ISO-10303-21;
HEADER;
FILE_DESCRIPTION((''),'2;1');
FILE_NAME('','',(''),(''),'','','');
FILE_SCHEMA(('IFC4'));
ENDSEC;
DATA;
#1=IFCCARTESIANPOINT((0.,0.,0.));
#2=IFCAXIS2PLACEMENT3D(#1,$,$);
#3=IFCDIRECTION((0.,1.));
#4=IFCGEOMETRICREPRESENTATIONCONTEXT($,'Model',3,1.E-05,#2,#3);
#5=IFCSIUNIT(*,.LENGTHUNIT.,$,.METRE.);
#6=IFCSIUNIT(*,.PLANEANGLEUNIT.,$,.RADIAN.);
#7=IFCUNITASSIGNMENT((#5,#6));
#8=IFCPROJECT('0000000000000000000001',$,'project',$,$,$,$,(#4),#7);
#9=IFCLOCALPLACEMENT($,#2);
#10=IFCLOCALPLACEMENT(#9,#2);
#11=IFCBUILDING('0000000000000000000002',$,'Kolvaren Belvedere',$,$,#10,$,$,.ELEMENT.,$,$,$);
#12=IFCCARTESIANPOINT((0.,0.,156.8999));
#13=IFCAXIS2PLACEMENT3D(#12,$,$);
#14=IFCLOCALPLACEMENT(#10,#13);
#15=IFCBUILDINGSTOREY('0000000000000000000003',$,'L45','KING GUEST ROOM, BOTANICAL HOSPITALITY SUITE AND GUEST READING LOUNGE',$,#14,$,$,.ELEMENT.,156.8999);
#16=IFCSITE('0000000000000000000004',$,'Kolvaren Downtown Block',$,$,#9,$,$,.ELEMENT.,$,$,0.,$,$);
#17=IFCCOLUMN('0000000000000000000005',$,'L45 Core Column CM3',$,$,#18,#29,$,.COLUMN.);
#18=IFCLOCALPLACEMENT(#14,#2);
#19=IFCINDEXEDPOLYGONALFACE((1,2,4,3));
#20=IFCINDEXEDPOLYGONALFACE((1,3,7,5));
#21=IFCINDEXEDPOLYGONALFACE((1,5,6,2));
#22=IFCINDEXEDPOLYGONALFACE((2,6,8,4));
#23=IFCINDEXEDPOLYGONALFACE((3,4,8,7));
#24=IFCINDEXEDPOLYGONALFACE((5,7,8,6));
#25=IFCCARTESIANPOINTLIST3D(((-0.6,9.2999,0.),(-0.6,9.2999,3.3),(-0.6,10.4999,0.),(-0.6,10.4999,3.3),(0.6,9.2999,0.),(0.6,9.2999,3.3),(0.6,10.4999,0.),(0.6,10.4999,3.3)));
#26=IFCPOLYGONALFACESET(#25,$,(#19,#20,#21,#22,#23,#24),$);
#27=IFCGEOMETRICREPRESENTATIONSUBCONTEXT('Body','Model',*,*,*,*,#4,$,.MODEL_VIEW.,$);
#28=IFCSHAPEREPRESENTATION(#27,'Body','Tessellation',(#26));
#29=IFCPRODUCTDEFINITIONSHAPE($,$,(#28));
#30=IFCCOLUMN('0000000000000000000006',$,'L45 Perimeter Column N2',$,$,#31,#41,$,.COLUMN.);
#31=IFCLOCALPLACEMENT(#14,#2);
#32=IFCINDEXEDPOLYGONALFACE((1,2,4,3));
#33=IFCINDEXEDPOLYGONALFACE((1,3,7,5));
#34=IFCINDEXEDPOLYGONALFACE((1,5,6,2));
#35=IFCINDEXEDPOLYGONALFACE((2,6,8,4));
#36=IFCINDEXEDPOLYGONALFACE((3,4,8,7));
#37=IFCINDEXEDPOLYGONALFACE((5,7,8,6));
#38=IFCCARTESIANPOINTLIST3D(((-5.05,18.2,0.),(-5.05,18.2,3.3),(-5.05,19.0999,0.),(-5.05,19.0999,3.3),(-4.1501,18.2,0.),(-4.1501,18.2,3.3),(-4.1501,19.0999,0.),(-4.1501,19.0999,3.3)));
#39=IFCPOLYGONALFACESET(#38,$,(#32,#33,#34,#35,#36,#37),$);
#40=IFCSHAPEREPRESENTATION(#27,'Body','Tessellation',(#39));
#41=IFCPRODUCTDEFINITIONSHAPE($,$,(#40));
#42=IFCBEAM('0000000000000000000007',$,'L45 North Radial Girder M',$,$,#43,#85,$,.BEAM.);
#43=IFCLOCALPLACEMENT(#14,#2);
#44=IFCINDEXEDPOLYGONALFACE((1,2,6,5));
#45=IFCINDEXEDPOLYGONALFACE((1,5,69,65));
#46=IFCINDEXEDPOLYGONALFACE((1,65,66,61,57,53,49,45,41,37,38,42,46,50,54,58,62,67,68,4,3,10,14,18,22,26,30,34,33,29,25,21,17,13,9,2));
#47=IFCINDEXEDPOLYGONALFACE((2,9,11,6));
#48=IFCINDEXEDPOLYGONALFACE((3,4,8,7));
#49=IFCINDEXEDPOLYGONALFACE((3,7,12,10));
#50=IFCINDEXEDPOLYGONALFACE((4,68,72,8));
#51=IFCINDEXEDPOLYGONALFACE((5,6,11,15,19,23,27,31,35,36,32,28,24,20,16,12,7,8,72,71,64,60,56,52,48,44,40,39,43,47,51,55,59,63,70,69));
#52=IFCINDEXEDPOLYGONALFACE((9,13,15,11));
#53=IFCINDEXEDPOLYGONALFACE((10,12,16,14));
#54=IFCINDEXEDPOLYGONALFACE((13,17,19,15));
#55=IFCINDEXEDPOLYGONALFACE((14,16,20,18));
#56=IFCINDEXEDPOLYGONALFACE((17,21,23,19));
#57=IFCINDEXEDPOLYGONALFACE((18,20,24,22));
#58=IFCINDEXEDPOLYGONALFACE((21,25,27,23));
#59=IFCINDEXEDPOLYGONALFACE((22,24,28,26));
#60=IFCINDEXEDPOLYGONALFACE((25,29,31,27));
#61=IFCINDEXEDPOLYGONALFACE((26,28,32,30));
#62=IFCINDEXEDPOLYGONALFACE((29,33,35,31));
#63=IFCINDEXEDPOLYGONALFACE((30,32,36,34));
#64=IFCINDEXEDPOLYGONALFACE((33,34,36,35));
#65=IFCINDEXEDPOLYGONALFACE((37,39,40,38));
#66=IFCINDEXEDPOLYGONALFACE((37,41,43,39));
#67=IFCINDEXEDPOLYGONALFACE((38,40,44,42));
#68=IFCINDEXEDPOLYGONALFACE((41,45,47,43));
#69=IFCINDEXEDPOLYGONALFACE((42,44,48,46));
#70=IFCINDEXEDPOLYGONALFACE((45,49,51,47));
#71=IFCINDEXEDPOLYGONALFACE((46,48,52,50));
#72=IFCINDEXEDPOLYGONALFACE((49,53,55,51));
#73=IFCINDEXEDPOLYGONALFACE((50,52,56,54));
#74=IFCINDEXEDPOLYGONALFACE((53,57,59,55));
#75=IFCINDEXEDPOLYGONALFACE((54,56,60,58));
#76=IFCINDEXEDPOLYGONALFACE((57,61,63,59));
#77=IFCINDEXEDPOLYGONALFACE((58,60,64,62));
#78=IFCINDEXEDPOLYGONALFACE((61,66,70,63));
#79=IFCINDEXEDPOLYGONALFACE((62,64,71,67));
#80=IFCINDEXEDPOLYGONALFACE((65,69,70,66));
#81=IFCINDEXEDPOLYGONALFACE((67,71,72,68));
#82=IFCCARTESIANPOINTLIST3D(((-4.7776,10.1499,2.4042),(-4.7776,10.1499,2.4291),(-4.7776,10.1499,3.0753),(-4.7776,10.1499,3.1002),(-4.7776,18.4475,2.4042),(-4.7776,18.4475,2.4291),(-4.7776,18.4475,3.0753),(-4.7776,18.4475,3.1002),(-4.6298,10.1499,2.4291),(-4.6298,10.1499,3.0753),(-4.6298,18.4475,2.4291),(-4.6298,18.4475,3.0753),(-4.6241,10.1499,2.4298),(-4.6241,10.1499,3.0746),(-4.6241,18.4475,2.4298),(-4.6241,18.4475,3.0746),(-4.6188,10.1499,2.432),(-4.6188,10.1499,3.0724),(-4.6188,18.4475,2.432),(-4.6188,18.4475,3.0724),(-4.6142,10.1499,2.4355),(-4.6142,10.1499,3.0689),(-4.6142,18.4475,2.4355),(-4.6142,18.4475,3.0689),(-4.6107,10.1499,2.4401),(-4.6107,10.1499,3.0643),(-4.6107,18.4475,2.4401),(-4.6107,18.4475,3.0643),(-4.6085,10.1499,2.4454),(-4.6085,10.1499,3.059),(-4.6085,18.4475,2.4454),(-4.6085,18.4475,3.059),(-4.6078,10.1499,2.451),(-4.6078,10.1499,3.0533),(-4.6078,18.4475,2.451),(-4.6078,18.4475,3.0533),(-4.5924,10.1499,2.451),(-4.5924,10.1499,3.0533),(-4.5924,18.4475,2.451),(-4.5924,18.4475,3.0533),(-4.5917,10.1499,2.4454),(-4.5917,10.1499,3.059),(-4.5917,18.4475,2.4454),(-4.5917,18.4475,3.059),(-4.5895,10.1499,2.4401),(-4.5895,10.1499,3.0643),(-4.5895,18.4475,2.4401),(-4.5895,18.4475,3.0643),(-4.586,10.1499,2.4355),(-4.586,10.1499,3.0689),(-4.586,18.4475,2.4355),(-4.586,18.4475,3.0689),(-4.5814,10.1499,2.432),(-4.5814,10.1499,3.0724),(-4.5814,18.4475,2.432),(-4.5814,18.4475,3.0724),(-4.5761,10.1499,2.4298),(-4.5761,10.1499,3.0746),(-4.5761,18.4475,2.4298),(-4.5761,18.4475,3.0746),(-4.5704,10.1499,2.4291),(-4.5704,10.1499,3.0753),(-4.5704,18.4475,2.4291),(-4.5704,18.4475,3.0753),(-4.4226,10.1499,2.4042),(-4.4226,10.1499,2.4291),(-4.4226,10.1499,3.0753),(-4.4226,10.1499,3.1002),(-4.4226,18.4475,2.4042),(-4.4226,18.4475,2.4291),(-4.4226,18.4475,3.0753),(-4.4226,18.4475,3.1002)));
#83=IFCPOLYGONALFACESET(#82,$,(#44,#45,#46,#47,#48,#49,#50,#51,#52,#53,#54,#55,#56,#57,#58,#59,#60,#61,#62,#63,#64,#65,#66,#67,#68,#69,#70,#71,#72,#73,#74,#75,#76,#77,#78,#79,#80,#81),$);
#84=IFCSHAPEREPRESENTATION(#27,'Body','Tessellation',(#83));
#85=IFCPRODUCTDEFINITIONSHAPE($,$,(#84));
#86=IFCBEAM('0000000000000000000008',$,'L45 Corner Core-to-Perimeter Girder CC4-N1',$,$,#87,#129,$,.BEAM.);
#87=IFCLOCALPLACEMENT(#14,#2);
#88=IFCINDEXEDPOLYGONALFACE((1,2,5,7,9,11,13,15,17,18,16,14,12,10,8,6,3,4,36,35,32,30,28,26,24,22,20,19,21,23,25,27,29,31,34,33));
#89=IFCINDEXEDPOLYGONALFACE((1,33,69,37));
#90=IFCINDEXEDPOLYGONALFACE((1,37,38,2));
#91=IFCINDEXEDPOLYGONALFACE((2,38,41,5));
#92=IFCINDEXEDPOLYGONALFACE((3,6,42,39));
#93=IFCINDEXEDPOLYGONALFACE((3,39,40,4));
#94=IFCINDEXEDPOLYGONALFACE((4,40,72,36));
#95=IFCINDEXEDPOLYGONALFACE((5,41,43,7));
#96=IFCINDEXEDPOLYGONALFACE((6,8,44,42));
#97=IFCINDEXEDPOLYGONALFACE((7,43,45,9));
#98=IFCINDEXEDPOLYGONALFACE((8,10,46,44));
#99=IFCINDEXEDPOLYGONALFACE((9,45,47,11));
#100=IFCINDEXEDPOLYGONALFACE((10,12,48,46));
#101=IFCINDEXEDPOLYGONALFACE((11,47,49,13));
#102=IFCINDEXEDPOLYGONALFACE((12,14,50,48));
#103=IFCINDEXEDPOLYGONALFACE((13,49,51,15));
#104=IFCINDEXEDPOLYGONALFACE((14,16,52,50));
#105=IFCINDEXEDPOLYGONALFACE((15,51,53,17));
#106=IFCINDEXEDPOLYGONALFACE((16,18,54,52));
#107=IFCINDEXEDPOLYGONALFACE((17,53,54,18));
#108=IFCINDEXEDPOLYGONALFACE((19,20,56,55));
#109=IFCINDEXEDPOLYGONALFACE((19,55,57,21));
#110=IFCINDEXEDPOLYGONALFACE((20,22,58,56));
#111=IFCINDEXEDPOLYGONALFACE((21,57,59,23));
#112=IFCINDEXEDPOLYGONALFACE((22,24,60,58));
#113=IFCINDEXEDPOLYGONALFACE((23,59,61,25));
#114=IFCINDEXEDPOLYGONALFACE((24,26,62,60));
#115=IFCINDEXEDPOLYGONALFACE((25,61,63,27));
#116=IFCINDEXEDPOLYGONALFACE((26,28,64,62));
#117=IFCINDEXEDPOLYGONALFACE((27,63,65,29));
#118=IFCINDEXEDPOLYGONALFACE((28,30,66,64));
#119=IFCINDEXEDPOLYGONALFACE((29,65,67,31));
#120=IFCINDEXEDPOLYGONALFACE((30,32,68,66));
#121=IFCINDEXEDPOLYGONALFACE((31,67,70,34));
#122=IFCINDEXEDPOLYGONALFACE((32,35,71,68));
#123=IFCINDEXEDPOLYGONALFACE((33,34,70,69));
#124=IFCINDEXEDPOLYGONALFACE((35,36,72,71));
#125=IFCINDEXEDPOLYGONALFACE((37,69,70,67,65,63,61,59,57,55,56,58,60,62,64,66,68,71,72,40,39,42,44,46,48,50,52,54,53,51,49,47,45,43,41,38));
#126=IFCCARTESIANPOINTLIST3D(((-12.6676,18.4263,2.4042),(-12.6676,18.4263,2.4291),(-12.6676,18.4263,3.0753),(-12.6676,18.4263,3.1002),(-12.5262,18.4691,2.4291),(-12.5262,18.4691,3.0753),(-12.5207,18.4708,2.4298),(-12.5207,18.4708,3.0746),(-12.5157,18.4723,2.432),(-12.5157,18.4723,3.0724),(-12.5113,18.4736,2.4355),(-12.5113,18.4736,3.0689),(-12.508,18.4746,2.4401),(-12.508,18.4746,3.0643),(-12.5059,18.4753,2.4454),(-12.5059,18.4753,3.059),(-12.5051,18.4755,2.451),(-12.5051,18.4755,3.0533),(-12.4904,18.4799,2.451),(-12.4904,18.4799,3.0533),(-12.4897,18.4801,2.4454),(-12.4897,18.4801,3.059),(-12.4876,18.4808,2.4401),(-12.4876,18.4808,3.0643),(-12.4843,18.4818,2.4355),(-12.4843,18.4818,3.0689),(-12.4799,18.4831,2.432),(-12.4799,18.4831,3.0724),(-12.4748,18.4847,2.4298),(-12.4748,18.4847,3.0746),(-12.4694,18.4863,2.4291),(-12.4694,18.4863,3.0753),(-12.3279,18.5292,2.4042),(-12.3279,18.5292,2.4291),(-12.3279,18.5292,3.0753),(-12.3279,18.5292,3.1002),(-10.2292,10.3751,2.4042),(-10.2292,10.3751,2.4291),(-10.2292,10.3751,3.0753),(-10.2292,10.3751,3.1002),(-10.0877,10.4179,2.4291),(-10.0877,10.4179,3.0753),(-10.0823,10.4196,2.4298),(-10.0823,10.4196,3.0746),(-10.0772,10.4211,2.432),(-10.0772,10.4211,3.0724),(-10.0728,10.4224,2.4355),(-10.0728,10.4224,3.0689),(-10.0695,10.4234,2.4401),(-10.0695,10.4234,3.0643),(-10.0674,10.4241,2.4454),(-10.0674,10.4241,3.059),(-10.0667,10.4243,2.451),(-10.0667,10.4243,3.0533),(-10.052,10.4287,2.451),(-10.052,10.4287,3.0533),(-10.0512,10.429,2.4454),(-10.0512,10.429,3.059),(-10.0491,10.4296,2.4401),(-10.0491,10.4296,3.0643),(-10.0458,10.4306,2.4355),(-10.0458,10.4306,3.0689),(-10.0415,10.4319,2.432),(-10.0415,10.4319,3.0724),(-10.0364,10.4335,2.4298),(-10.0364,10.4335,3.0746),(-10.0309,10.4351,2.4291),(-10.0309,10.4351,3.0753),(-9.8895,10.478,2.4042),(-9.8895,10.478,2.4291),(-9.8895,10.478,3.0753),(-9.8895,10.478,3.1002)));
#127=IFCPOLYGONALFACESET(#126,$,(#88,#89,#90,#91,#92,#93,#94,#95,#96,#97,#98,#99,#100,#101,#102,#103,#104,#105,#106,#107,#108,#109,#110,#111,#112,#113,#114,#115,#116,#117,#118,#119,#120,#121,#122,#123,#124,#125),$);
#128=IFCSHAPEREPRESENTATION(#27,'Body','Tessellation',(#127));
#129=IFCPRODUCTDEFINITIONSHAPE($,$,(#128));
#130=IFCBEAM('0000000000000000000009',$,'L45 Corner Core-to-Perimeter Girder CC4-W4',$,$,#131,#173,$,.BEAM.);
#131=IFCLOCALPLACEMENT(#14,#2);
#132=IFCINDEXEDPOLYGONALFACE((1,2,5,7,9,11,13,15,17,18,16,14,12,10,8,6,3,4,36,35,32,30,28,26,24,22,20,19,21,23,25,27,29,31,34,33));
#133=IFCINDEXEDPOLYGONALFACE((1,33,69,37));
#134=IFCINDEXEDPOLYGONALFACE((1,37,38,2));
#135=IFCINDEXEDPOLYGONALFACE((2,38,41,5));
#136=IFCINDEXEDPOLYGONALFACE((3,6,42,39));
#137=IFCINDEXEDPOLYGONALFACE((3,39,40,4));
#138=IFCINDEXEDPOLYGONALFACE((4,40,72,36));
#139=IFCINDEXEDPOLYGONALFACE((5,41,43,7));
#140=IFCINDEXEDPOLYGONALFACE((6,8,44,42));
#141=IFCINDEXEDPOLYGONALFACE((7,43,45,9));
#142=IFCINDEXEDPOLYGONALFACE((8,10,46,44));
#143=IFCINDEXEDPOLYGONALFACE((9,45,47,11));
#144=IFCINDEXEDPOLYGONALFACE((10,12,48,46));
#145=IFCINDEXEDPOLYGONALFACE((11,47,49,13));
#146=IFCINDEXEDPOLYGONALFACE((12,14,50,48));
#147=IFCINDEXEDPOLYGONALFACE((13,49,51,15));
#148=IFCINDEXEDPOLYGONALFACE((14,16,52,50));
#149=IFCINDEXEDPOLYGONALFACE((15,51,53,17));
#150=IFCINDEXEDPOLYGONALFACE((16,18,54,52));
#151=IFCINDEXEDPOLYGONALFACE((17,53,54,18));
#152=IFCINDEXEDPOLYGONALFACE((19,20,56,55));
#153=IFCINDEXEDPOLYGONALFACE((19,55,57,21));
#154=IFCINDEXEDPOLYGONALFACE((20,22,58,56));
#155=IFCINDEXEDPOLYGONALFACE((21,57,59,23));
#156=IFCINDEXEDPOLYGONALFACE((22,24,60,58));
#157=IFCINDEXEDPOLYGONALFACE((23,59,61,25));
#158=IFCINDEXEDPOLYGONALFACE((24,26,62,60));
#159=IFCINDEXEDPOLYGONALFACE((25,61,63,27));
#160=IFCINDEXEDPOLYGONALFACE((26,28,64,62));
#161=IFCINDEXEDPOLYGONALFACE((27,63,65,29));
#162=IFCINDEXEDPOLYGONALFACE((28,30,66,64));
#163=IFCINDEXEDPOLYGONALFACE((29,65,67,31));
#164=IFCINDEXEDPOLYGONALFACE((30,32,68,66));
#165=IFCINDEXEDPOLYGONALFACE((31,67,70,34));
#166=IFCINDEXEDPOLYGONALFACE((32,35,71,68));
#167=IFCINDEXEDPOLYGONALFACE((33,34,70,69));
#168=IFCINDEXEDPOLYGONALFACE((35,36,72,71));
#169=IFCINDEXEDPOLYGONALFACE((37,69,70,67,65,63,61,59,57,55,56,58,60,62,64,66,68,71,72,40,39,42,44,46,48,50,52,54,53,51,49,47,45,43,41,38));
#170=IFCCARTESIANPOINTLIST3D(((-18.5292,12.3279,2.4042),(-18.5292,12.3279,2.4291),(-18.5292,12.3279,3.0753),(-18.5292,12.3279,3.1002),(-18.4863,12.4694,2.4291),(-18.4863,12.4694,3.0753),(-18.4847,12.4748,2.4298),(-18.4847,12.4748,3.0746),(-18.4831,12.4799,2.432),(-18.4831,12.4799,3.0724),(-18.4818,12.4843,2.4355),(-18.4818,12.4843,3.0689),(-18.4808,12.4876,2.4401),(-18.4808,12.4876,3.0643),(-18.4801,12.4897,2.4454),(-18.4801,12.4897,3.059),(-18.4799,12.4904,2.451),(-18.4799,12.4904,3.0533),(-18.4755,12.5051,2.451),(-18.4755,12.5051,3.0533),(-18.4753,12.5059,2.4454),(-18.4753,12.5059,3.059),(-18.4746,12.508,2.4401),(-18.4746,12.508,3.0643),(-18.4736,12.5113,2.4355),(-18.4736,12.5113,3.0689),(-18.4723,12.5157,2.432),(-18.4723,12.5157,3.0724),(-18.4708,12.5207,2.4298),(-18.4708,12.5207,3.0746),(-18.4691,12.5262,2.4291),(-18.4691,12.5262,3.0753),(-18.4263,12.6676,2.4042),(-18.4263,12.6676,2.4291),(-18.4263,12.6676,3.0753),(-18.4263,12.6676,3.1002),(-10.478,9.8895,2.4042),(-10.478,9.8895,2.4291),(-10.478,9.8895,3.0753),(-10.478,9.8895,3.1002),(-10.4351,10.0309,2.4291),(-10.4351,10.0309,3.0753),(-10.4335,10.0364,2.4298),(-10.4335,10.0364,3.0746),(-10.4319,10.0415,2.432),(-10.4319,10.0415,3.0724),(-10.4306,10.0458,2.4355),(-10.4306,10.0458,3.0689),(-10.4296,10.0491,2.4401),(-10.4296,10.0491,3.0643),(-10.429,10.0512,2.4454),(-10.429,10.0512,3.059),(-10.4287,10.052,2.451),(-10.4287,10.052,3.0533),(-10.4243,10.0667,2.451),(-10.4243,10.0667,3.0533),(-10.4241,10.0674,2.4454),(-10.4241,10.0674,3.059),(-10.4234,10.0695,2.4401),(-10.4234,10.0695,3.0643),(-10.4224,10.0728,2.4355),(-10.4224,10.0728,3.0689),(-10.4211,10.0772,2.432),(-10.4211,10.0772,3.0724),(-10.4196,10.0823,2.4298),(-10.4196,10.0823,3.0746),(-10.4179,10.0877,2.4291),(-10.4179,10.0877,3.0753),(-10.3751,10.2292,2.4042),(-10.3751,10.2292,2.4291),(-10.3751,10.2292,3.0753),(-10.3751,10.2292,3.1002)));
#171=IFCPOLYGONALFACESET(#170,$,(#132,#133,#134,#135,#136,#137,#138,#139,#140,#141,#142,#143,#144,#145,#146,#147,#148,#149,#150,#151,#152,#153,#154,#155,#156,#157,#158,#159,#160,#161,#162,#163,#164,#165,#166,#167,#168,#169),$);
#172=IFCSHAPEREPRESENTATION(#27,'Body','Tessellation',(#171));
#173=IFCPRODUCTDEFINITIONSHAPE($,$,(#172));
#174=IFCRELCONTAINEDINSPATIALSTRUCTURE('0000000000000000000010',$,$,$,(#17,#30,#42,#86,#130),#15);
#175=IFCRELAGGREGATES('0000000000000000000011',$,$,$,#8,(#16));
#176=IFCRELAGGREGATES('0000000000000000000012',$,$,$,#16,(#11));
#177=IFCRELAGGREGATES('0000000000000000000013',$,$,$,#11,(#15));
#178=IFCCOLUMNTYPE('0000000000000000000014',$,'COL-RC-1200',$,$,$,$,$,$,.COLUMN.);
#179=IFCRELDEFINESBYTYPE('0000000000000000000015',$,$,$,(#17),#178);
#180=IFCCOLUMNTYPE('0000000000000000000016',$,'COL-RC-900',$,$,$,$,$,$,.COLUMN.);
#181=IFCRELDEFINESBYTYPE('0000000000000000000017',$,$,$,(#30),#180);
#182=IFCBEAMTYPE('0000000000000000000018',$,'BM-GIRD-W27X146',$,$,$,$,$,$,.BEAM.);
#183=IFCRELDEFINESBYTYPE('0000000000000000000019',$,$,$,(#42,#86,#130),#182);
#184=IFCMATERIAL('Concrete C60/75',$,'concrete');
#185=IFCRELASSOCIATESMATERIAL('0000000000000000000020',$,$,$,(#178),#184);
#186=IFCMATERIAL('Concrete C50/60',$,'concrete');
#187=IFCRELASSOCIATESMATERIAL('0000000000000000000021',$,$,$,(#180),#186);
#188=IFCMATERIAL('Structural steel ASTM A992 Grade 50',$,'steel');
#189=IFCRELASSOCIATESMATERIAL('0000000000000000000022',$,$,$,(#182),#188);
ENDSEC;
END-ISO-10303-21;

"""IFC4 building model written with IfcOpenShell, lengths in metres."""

from ifc_helpers import new_model, si_unit, direction, frame, origin, origin_2d, place, context, subcontext, project, spatial, rectangle, i_section, extrude, material, material_profile, profile_set, type_object, element, save


model = new_model("IFC4")

# Units and contexts
model_context = context("Model", 3, precision=1e-05, world=origin(), true_north=direction((0.0, 1.0)))
body_context = subcontext(model_context, "Body", "Model", "MODEL_VIEW")
ifc_project = project(units=[si_unit("LENGTHUNIT", "METRE"), si_unit("PLANEANGLEUNIT", "RADIAN")], contexts=[model_context])

# Site, building, storey
site_placement = place(None, origin())
site = spatial("IfcSite", under=ifc_project, at=site_placement, Name="Kolvaren Downtown Block", CompositionType="ELEMENT", RefElevation=0.0)
building_placement = place(site_placement, origin())
building = spatial("IfcBuilding", under=site, at=building_placement, Name="Kolvaren Belvedere", CompositionType="ELEMENT")
storey_placement = place(building_placement, frame((0.0, 0.0, 156.8999)))
storey = spatial("IfcBuildingStorey", under=building, at=storey_placement, Name="L45", Description="KING GUEST ROOM, BOTANICAL HOSPITALITY SUITE AND GUEST READING LOUNGE", CompositionType="ELEMENT", Elevation=156.8999)

# Columns
ifc_material_1 = material(Name="Concrete C60/75", Category="concrete")
ifc_material_profile_1 = material_profile(ifc_material_1, rectangle(XDim=1.2, YDim=1.2, at=origin_2d()), Name="RC 1200X1200")
ifc_profile_set_1 = profile_set([ifc_material_profile_1], Name="Concrete C60/75")
column_type_1 = type_object("IfcColumnType", Name="COL-RC-1200", PredefinedType="COLUMN", material=ifc_profile_set_1)
column_1_placement = place(storey_placement, frame((0.0, 9.8999, 0.0), z_axis=(0.0, 0.0, 1.0), x_axis=(1.0, 0.0, 0.0)))
element("IfcColumn", 1, at=column_1_placement, inside=storey, type_object=column_type_1, Name="L45 Core Column CM3", PredefinedType="COLUMN", context=body_context, shape_type="SweptSolid", body=[
    extrude(rectangle(XDim=1.2, YDim=1.2, at=origin_2d()), origin(), (0.0, 0.0, 1.0), 3.3),
])
ifc_material_2 = material(Name="Concrete C50/60", Category="concrete")
ifc_material_profile_2 = material_profile(ifc_material_2, rectangle(XDim=0.8999, YDim=0.8999, at=origin_2d()), Name="RC 900X900")
ifc_profile_set_2 = profile_set([ifc_material_profile_2], Name="Concrete C50/60")
column_type_2 = type_object("IfcColumnType", Name="COL-RC-900", PredefinedType="COLUMN", material=ifc_profile_set_2)
column_2_placement = place(storey_placement, frame((-4.6001, 18.6499, 0.0), z_axis=(0.0, 0.0, 1.0), x_axis=(1.0, 0.0, 0.0)))
element("IfcColumn", 2, at=column_2_placement, inside=storey, type_object=column_type_2, Name="L45 Perimeter Column N2", PredefinedType="COLUMN", context=body_context, shape_type="SweptSolid", body=[
    extrude(rectangle(XDim=0.8999, YDim=0.8999, at=origin_2d()), origin(), (0.0, 0.0, 1.0), 3.3),
])

# Beams
ifc_material_3 = material(Name="Structural steel ASTM A992 Grade 50", Category="steel")
ifc_material_profile_3 = material_profile(ifc_material_3, i_section(OverallWidth=0.355, OverallDepth=0.696, WebThickness=0.0154, FlangeThickness=0.0249, FilletRadius=0.022, at=origin_2d()), Name="W27X146")
ifc_profile_set_3 = profile_set([ifc_material_profile_3], Name="Structural steel ASTM A992 Grade 50")
beam_type_1 = type_object("IfcBeamType", Name="BM-GIRD-W27X146", PredefinedType="BEAM", material=ifc_profile_set_3)
beam_1_placement = place(storey_placement, frame((-4.6001, 10.1499, 2.7522), z_axis=(0.0, 1.0, 0.0), x_axis=(-1.0, 0.0, 0.0)))
element("IfcBeam", 3, at=beam_1_placement, inside=storey, type_object=beam_type_1, Name="L45 North Radial Girder M", PredefinedType="BEAM", context=body_context, shape_type="SweptSolid", body=[
    extrude(i_section(OverallWidth=0.355, OverallDepth=0.696, WebThickness=0.0154, FlangeThickness=0.0249, FilletRadius=0.022, at=origin_2d()), origin(), (0.0, 0.0, 1.0), 8.2976),
])
for number, where, z_axis, x_axis, name in (
    (4, (-10.0593, 10.4265, 2.7522), (-0.289866, 0.957067, 0.0), (-0.957067, -0.289866, 0.0), "L45 Corner Core-to-Perimeter Girder CC4-N1"),
    (5, (-10.4265, 10.0593, 2.7522), (-0.957067, 0.289866, 0.0), (-0.289866, -0.957067, 0.0), "L45 Corner Core-to-Perimeter Girder CC4-W4"),
):
    element("IfcBeam", number, at=place(storey_placement, frame(where, z_axis=z_axis, x_axis=x_axis)), inside=storey, type_object=beam_type_1, Name=name, PredefinedType="BEAM", context=body_context, shape_type="SweptSolid", body=[
        extrude(i_section(OverallWidth=0.355, OverallDepth=0.696, WebThickness=0.0154, FlangeThickness=0.0249, FilletRadius=0.022, at=origin_2d()), origin(), (0.0, 0.0, 1.0), 8.4124),
    ])

save(model, "model.ifc")
